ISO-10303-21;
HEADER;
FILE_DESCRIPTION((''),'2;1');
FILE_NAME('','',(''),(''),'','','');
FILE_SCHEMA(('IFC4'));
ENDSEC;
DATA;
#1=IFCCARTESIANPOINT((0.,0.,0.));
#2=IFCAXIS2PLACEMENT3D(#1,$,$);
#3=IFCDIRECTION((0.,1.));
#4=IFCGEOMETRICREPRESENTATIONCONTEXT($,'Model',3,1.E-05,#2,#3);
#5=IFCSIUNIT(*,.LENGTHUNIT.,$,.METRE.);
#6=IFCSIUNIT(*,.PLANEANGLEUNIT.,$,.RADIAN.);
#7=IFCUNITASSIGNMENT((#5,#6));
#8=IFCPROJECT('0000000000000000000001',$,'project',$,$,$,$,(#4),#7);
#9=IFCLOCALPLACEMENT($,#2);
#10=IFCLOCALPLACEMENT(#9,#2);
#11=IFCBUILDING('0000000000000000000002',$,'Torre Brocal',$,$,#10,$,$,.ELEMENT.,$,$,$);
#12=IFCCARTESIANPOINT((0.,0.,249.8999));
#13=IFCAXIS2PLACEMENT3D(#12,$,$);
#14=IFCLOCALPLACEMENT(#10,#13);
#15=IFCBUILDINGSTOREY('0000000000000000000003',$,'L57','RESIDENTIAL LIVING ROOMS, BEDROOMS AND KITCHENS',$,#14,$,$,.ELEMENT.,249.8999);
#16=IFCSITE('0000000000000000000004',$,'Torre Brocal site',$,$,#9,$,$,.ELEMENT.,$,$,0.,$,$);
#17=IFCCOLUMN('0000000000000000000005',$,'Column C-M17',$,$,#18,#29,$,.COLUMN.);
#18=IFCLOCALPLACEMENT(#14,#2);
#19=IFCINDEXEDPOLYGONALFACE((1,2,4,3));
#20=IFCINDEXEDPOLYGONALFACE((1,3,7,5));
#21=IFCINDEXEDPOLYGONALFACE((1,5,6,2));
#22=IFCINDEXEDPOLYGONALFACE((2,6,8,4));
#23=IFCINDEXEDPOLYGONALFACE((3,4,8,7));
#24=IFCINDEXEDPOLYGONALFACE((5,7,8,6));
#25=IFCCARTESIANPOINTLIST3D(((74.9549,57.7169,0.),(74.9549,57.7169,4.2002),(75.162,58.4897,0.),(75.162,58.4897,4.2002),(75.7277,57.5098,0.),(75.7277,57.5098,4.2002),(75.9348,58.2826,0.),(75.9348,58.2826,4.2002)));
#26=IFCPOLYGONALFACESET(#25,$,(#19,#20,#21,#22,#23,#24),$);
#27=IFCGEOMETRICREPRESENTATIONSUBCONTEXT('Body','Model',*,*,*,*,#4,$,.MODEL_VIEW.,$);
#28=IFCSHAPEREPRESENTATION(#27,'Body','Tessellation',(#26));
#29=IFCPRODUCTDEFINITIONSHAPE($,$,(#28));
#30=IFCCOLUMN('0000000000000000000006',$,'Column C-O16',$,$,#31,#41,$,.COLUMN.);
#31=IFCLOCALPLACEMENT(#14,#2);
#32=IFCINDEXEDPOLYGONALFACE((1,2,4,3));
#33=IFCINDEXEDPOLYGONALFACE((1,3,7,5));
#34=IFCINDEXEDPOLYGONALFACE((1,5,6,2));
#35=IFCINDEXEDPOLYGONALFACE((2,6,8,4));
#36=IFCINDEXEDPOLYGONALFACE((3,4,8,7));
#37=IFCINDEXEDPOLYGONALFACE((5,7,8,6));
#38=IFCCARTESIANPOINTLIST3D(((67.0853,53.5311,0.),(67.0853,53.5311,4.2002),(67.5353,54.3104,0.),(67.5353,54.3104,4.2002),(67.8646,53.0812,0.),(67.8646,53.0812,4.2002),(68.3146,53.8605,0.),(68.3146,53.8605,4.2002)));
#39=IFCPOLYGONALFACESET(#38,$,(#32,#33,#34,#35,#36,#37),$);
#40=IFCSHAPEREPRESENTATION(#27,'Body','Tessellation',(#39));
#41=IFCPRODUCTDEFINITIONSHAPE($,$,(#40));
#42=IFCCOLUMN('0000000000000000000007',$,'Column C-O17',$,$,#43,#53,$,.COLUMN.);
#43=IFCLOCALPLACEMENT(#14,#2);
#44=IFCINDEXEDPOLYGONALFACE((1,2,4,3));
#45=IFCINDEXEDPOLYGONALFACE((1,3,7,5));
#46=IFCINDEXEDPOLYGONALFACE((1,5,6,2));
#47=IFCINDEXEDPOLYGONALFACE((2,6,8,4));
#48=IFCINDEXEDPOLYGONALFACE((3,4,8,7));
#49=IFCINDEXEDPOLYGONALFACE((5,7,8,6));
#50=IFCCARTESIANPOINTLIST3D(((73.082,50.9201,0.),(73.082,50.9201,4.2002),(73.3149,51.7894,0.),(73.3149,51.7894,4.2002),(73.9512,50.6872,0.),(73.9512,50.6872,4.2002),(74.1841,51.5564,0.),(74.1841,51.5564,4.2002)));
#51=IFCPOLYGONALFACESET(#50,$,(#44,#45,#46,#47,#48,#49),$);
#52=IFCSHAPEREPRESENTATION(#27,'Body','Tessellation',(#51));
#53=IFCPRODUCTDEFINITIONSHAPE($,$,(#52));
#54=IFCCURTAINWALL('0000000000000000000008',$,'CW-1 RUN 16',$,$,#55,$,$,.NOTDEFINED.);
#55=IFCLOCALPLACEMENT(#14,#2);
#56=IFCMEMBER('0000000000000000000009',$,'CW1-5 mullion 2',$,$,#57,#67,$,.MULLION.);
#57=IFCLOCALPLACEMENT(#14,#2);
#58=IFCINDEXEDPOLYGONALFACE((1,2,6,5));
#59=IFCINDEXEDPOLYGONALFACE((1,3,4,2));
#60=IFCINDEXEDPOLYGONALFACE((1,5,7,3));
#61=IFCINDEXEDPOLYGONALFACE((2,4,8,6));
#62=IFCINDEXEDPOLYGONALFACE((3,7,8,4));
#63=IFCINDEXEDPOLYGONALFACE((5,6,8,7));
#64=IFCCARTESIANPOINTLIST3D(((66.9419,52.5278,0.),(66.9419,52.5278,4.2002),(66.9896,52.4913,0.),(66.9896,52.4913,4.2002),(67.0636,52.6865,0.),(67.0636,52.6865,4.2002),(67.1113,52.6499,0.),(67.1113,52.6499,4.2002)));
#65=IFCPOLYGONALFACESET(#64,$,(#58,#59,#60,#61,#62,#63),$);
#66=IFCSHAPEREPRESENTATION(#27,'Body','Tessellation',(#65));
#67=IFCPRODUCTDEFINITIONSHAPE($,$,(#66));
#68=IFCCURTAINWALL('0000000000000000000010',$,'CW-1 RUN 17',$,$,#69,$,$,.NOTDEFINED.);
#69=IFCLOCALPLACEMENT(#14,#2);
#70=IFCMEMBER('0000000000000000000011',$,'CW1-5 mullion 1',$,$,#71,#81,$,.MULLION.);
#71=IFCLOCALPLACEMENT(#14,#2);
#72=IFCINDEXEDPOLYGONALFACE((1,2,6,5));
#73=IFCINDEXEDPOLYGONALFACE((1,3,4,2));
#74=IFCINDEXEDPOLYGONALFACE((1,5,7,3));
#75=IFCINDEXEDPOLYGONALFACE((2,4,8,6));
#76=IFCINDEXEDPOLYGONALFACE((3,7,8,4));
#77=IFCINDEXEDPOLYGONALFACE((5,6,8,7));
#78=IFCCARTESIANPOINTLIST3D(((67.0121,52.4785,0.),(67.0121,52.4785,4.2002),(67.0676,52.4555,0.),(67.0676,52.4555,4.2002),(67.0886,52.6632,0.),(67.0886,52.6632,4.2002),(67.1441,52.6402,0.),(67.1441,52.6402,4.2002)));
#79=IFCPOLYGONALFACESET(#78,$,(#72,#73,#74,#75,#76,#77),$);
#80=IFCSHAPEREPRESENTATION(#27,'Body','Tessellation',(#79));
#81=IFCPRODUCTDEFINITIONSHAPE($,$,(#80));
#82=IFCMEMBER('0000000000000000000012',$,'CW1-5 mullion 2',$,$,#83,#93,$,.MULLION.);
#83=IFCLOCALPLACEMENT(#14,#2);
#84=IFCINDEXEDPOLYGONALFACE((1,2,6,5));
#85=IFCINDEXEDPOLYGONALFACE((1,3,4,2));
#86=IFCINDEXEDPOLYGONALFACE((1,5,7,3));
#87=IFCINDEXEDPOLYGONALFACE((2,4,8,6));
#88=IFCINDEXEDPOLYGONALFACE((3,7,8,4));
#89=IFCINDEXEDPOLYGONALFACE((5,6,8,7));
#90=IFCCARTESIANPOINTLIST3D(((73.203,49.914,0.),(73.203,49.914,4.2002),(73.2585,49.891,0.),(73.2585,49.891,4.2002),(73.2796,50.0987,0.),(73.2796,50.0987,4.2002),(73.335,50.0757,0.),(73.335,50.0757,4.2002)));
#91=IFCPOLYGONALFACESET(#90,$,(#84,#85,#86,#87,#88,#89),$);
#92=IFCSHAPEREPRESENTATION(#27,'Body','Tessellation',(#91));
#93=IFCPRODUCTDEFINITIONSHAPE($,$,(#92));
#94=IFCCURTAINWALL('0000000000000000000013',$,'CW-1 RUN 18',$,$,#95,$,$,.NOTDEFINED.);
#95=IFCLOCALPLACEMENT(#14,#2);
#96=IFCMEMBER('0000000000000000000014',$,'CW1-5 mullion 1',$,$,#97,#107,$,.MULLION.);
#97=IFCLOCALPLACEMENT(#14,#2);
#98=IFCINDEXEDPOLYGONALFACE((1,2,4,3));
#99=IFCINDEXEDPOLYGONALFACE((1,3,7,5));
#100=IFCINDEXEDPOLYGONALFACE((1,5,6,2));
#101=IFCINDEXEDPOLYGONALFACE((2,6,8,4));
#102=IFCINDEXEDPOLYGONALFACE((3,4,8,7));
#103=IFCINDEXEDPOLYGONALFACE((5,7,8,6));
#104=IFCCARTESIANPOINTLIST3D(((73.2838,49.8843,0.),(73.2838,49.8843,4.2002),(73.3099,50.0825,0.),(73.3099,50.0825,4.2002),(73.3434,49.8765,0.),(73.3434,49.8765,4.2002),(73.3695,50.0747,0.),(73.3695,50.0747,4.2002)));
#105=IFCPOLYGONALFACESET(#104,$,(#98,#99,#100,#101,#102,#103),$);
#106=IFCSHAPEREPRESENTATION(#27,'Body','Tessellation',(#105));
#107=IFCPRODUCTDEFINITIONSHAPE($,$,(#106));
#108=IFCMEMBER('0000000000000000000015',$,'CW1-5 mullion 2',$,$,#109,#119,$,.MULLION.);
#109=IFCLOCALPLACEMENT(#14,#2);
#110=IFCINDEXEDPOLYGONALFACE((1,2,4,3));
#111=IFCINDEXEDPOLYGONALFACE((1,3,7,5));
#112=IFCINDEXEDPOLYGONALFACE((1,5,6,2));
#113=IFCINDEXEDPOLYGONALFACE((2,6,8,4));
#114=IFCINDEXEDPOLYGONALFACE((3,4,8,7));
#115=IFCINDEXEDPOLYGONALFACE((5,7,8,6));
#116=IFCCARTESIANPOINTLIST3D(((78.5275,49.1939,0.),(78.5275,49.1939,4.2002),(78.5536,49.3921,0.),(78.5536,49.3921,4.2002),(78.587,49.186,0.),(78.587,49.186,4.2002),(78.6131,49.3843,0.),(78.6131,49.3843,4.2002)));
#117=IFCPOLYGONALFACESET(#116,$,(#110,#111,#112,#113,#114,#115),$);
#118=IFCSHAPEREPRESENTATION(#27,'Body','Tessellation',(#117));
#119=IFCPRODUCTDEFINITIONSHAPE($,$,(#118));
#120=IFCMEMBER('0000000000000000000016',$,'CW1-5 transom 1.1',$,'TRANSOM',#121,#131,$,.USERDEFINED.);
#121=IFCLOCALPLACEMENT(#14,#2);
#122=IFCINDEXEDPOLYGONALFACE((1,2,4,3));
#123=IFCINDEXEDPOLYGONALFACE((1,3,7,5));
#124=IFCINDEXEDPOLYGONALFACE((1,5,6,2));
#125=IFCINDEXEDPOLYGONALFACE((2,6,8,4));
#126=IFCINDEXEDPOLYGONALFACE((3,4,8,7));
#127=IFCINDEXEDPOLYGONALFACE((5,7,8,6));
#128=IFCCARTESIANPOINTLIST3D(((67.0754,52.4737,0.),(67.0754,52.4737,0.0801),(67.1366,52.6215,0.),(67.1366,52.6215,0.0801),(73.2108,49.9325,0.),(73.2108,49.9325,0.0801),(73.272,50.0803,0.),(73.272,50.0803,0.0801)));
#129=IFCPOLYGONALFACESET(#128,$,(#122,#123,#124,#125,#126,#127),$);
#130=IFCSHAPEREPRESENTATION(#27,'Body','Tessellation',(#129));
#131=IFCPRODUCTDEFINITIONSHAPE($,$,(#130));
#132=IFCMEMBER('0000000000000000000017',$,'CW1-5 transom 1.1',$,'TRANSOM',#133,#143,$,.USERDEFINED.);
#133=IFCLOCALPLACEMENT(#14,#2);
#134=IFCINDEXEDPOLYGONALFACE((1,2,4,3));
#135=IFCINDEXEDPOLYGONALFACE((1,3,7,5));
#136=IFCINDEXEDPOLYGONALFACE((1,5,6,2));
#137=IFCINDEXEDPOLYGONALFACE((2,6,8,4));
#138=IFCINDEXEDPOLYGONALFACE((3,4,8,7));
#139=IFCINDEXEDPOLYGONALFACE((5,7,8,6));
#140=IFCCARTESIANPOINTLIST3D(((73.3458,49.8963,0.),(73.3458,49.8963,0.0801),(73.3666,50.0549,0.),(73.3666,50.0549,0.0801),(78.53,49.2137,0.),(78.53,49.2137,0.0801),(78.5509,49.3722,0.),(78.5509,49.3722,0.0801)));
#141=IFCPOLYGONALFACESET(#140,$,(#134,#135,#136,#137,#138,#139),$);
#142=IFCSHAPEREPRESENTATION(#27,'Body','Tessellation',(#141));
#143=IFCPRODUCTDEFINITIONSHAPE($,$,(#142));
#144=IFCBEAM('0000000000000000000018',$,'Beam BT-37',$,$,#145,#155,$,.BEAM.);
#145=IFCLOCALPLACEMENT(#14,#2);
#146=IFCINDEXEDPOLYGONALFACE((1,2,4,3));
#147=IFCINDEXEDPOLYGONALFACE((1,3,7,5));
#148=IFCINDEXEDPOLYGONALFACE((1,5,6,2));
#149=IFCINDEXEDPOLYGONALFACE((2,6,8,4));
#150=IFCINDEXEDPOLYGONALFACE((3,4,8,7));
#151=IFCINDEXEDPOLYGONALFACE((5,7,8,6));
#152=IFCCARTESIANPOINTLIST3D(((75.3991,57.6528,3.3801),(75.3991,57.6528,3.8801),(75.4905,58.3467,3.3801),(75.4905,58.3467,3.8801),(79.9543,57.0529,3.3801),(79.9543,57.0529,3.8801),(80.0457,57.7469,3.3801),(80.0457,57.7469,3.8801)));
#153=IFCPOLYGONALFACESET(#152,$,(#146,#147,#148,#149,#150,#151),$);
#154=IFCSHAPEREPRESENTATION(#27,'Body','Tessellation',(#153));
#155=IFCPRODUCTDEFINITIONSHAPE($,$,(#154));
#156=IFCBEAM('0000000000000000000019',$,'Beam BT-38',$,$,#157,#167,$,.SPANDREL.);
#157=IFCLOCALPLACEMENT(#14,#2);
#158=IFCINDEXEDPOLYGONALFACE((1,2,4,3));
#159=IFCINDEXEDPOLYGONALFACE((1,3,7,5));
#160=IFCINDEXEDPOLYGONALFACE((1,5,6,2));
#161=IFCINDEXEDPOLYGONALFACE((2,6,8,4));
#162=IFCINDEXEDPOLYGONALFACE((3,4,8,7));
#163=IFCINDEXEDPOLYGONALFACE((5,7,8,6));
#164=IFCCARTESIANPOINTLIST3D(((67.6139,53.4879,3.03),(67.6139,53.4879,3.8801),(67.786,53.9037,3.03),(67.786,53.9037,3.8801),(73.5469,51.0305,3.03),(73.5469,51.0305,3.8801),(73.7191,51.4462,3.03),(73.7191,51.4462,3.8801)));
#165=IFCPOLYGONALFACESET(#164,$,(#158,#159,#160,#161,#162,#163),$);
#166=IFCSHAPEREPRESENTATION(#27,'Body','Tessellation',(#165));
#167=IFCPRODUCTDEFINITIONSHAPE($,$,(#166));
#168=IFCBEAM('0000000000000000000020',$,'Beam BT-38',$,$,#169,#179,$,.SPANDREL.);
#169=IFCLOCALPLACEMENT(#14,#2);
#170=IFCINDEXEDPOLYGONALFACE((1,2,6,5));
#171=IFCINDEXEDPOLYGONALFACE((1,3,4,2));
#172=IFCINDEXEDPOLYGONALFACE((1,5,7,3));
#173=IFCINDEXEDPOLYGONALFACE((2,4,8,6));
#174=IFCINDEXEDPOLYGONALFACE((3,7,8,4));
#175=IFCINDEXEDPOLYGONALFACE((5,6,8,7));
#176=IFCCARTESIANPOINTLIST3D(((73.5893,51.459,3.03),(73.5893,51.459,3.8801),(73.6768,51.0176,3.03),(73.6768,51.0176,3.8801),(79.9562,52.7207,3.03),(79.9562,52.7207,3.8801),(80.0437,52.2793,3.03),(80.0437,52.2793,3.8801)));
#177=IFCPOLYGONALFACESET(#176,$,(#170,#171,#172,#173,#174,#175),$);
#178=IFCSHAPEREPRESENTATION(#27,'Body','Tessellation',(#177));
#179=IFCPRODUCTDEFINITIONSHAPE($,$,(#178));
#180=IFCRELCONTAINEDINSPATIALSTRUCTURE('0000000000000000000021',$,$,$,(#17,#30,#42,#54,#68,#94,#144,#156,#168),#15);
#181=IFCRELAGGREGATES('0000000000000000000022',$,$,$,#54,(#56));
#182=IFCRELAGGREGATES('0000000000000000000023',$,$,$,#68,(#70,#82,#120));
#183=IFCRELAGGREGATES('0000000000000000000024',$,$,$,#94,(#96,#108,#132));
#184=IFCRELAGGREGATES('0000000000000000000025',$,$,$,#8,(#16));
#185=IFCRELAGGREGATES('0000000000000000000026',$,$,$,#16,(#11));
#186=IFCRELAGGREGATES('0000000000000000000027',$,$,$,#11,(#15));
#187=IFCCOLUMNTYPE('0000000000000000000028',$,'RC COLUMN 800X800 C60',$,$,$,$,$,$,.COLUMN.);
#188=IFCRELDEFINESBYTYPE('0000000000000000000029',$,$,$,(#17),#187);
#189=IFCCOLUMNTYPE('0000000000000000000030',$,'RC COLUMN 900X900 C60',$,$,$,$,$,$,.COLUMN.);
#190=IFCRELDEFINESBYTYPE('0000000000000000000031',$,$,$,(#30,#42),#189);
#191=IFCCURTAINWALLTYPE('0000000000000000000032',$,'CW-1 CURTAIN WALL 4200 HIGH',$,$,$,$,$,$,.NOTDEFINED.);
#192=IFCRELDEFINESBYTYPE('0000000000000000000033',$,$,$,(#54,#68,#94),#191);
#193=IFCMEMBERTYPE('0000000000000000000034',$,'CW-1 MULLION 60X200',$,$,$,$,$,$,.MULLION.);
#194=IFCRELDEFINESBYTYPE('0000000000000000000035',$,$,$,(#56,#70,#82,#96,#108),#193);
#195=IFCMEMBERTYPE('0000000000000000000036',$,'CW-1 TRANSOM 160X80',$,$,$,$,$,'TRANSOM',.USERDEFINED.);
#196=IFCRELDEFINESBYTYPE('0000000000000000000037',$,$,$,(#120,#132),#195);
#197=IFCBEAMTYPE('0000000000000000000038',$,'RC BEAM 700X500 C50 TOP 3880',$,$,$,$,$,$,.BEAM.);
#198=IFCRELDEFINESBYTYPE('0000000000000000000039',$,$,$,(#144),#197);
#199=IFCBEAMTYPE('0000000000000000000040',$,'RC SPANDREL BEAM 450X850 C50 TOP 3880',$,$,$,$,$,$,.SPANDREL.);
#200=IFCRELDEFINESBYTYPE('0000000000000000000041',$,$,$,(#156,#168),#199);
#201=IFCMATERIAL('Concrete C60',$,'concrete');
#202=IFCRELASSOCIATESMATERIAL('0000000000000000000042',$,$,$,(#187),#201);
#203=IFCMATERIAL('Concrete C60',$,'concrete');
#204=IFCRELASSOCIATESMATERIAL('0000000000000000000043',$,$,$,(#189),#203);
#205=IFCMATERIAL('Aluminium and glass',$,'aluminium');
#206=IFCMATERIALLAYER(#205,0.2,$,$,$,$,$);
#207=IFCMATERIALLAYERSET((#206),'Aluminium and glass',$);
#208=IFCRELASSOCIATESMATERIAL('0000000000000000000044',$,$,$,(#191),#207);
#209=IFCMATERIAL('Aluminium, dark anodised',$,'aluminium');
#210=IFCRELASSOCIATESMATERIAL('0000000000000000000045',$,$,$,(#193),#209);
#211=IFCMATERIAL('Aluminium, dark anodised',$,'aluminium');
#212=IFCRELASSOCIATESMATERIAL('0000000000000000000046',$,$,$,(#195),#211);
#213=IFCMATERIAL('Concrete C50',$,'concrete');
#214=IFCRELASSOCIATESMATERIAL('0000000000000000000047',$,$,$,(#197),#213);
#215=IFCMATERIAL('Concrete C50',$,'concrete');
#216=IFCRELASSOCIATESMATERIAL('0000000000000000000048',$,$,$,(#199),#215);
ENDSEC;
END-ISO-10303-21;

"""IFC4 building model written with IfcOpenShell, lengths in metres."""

from ifc_helpers import new_model, si_unit, direction, frame, origin, origin_2d, place, context, subcontext, project, spatial, rectangle, extrude, material, layer, layer_set, material_profile, profile_set, type_object, element, aggregate, save


model = new_model("IFC4")

# Units and contexts
model_context = context("Model", 3, precision=1e-05, world=origin(), true_north=direction((0.0, 1.0)))
body_context = subcontext(model_context, "Body", "Model", "MODEL_VIEW")
ifc_project = project(units=[si_unit("LENGTHUNIT", "METRE"), si_unit("PLANEANGLEUNIT", "RADIAN")], contexts=[model_context])

# Site, building, storey
site_placement = place(None, origin())
site = spatial("IfcSite", under=ifc_project, at=site_placement, Name="Torre Brocal site", CompositionType="ELEMENT", RefElevation=0.0)
building_placement = place(site_placement, origin())
building = spatial("IfcBuilding", under=site, at=building_placement, Name="Torre Brocal", CompositionType="ELEMENT")
storey_placement = place(building_placement, frame((0.0, 0.0, 249.8999)))
storey = spatial("IfcBuildingStorey", under=building, at=storey_placement, Name="L57", Description="RESIDENTIAL LIVING ROOMS, BEDROOMS AND KITCHENS", CompositionType="ELEMENT", Elevation=249.8999)

# Columns
ifc_material_1 = material(Name="Concrete C60", Category="concrete")
ifc_material_profile_1 = material_profile(ifc_material_1, rectangle(XDim=0.8, YDim=0.8, at=origin_2d()), Name="RC 800X800")
ifc_profile_set_1 = profile_set([ifc_material_profile_1], Name="Concrete C60")
column_type_1 = type_object("IfcColumnType", Name="RC COLUMN 800X800 C60", PredefinedType="COLUMN", material=ifc_profile_set_1)
column_placement = place(storey_placement, frame((75.4448, 57.9998, 0.0), z_axis=(0.0, 0.0, 1.0), x_axis=(-0.258819, -0.965926, 0.0)))
element("IfcColumn", 1, at=column_placement, inside=storey, type_object=column_type_1, Name="Column C-M17", PredefinedType="COLUMN", context=body_context, shape_type="SweptSolid", body=[
    extrude(rectangle(XDim=0.8, YDim=0.8, at=origin_2d()), origin(), (0.0, 0.0, 1.0), 4.2002),
])
ifc_material_2 = material(Name="Concrete C60", Category="concrete")
ifc_material_profile_2 = material_profile(ifc_material_2, rectangle(XDim=0.8999, YDim=0.8999, at=origin_2d()), Name="RC 900X900")
ifc_profile_set_2 = profile_set([ifc_material_profile_2], Name="Concrete C60")
column_type_2 = type_object("IfcColumnType", Name="RC COLUMN 900X900 C60", PredefinedType="COLUMN", material=ifc_profile_set_2)
for number, where, z_axis, x_axis, name in (
    (2, (67.7, 53.6958, 0.0), (0.0, 0.0, 1.0), (-0.5, -0.866025, 0.0), "Column C-O16"),
    (3, (73.6331, 51.2383, 0.0), (0.0, 0.0, 1.0), (-0.258819, -0.965926, 0.0), "Column C-O17"),
):
    element("IfcColumn", number, at=place(storey_placement, frame(where, z_axis=z_axis, x_axis=x_axis)), inside=storey, type_object=column_type_2, Name=name, PredefinedType="COLUMN", context=body_context, shape_type="SweptSolid", body=[
        extrude(rectangle(XDim=0.8999, YDim=0.8999, at=origin_2d()), origin(), (0.0, 0.0, 1.0), 4.2002),
    ])

# Curtain wall, member
ifc_material_3 = material(Name="Aluminium and glass", Category="aluminium")
ifc_layer_1 = layer(ifc_material_3, 0.2)
ifc_layer_set_1 = layer_set([ifc_layer_1], Name="Aluminium and glass")
curtain_wall_type = type_object("IfcCurtainWallType", Name="CW-1 CURTAIN WALL 4200 HIGH", PredefinedType="NOTDEFINED", material=ifc_layer_set_1)
curtain_wall_1_placement = place(storey_placement, origin())
curtain_wall_1 = element("IfcCurtainWall", 4, at=curtain_wall_1_placement, inside=storey, type_object=curtain_wall_type, Name="CW-1 RUN 16", PredefinedType="NOTDEFINED")
ifc_material_4 = material(Name="Aluminium, dark anodised", Category="aluminium")
ifc_material_profile_3 = material_profile(ifc_material_4, rectangle(XDim=0.2, YDim=0.0601, at=origin_2d()), Name="CW-1 MULLION 60X200")
ifc_profile_set_3 = profile_set([ifc_material_profile_3], Name="Aluminium, dark anodised")
member_type_1 = type_object("IfcMemberType", Name="CW-1 MULLION 60X200", PredefinedType="MULLION", material=ifc_profile_set_3)
member_1_placement = place(storey_placement, frame((67.0266, 52.5889, 0.0), z_axis=(0.0, 0.0, 1.0), x_axis=(0.608761, 0.793353, 0.0)))
member_1 = element("IfcMember", 5, at=member_1_placement, type_object=member_type_1, Name="CW1-5 mullion 2", PredefinedType="MULLION", context=body_context, shape_type="SweptSolid", body=[
    extrude(rectangle(XDim=0.2, YDim=0.0601, at=origin_2d()), origin(), (0.0, 0.0, 1.0), 4.2002),
])
aggregate(curtain_wall_1, [member_1])

# Curtain walls, members
curtain_wall_2_placement = place(storey_placement, origin())
curtain_wall_2 = element("IfcCurtainWall", 6, at=curtain_wall_2_placement, inside=storey, type_object=curtain_wall_type, Name="CW-1 RUN 17", PredefinedType="NOTDEFINED")
member_2_placement = place(storey_placement, frame((67.0781, 52.5593, 0.0), z_axis=(0.0, 0.0, 1.0), x_axis=(0.382683, 0.92388, 0.0)))
member_2 = element("IfcMember", 7, at=member_2_placement, type_object=member_type_1, Name="CW1-5 mullion 1", PredefinedType="MULLION", context=body_context, shape_type="SweptSolid", body=[
    extrude(rectangle(XDim=0.2, YDim=0.0601, at=origin_2d()), origin(), (0.0, 0.0, 1.0), 4.2002),
])
member_3_placement = place(storey_placement, frame((73.269, 49.9949, 0.0), z_axis=(0.0, 0.0, 1.0), x_axis=(0.382683, 0.92388, 0.0)))
member_3 = element("IfcMember", 8, at=member_3_placement, type_object=member_type_1, Name="CW1-5 mullion 2", PredefinedType="MULLION", context=body_context, shape_type="SweptSolid", body=[
    extrude(rectangle(XDim=0.2, YDim=0.0601, at=origin_2d()), origin(), (0.0, 0.0, 1.0), 4.2002),
])
curtain_wall_3_placement = place(storey_placement, origin())
curtain_wall_3 = element("IfcCurtainWall", 9, at=curtain_wall_3_placement, inside=storey, type_object=curtain_wall_type, Name="CW-1 RUN 18", PredefinedType="NOTDEFINED")
member_4_placement = place(storey_placement, frame((73.3267, 49.9795, 0.0), z_axis=(0.0, 0.0, 1.0), x_axis=(0.130526, 0.991445, 0.0)))
member_4 = element("IfcMember", 10, at=member_4_placement, type_object=member_type_1, Name="CW1-5 mullion 1", PredefinedType="MULLION", context=body_context, shape_type="SweptSolid", body=[
    extrude(rectangle(XDim=0.2, YDim=0.0601, at=origin_2d()), origin(), (0.0, 0.0, 1.0), 4.2002),
])
member_5_placement = place(storey_placement, frame((78.5703, 49.2891, 0.0), z_axis=(0.0, 0.0, 1.0), x_axis=(0.130526, 0.991445, 0.0)))
member_5 = element("IfcMember", 11, at=member_5_placement, type_object=member_type_1, Name="CW1-5 mullion 2", PredefinedType="MULLION", context=body_context, shape_type="SweptSolid", body=[
    extrude(rectangle(XDim=0.2, YDim=0.0601, at=origin_2d()), origin(), (0.0, 0.0, 1.0), 4.2002),
])

# Members
ifc_material_5 = material(Name="Aluminium, dark anodised", Category="aluminium")
ifc_material_profile_4 = material_profile(ifc_material_5, rectangle(XDim=0.1599, YDim=0.0801, at=origin_2d()), Name="CW-1 TRANSOM 160X80")
ifc_profile_set_4 = profile_set([ifc_material_profile_4], Name="Aluminium, dark anodised")
member_type_2 = type_object("IfcMemberType", Name="CW-1 TRANSOM 160X80", ElementType="TRANSOM", PredefinedType="USERDEFINED", material=ifc_profile_set_4)
member_6_placement = place(storey_placement, frame((67.106, 52.5476, 0.04), z_axis=(0.923887, -0.382665, 0.0), x_axis=(0.382665, 0.923887, 0.0)))
member_6 = element("IfcMember", 12, at=member_6_placement, type_object=member_type_2, Name="CW1-5 transom 1.1", ObjectType="TRANSOM", PredefinedType="USERDEFINED", context=body_context, shape_type="SweptSolid", body=[
    extrude(rectangle(XDim=0.1599, YDim=0.0801, at=origin_2d()), origin(), (0.0, 0.0, 1.0), 6.6409),
])
member_7_placement = place(storey_placement, frame((73.3562, 49.9756, 0.04), z_axis=(0.991443, -0.130543, 0.0), x_axis=(0.130543, 0.991443, 0.0)))
member_7 = element("IfcMember", 13, at=member_7_placement, type_object=member_type_2, Name="CW1-5 transom 1.1", ObjectType="TRANSOM", PredefinedType="USERDEFINED", context=body_context, shape_type="SweptSolid", body=[
    extrude(rectangle(XDim=0.1599, YDim=0.0801, at=origin_2d()), origin(), (0.0, 0.0, 1.0), 5.229),
])

# Beams
ifc_material_6 = material(Name="Concrete C50", Category="concrete")
ifc_material_profile_5 = material_profile(ifc_material_6, rectangle(XDim=0.7, YDim=0.5, at=origin_2d()), Name="RC 700X500")
ifc_profile_set_5 = profile_set([ifc_material_profile_5], Name="Concrete C50")
beam_type_1 = type_object("IfcBeamType", Name="RC BEAM 700X500 C50 TOP 3880", PredefinedType="BEAM", material=ifc_profile_set_5)
beam_1_placement = place(storey_placement, frame((75.4448, 57.9998, 3.6301), z_axis=(0.991441, -0.130559, 0.0), x_axis=(0.130559, 0.991441, 0.0)))
element("IfcBeam", 14, at=beam_1_placement, inside=storey, type_object=beam_type_1, Name="Beam BT-37", PredefinedType="BEAM", context=body_context, shape_type="SweptSolid", body=[
    extrude(rectangle(XDim=0.7, YDim=0.5, at=origin_2d()), origin(), (0.0, 0.0, 1.0), 4.5945),
])
ifc_material_7 = material(Name="Concrete C50", Category="concrete")
ifc_material_profile_6 = material_profile(ifc_material_7, rectangle(XDim=0.45, YDim=0.8501, at=origin_2d()), Name="RC 450X850")
ifc_profile_set_6 = profile_set([ifc_material_profile_6], Name="Concrete C50")
beam_type_2 = type_object("IfcBeamType", Name="RC SPANDREL BEAM 450X850 C50 TOP 3880", PredefinedType="SPANDREL", material=ifc_profile_set_6)
beam_2_placement = place(storey_placement, frame((67.7, 53.6958, 3.4551), z_axis=(0.923882, -0.382676, 0.0), x_axis=(0.382676, 0.923882, 0.0)))
element("IfcBeam", 15, at=beam_2_placement, inside=storey, type_object=beam_type_2, Name="Beam BT-38", PredefinedType="SPANDREL", context=body_context, shape_type="SweptSolid", body=[
    extrude(rectangle(XDim=0.45, YDim=0.8501, at=origin_2d()), origin(), (0.0, 0.0, 1.0), 6.4219),
])
beam_3_placement = place(storey_placement, frame((73.6331, 51.2383, 3.4551), z_axis=(0.980925, 0.194387, 0.0), x_axis=(-0.194387, 0.980925, 0.0)))
element("IfcBeam", 16, at=beam_3_placement, inside=storey, type_object=beam_type_2, Name="Beam BT-38", PredefinedType="SPANDREL", context=body_context, shape_type="SweptSolid", body=[
    extrude(rectangle(XDim=0.45, YDim=0.8501, at=origin_2d()), origin(), (0.0, 0.0, 1.0), 6.4907),
])

aggregate(curtain_wall_2, [member_2, member_3, member_6])
aggregate(curtain_wall_3, [member_4, member_5, member_7])

save(model, "model.ifc")
